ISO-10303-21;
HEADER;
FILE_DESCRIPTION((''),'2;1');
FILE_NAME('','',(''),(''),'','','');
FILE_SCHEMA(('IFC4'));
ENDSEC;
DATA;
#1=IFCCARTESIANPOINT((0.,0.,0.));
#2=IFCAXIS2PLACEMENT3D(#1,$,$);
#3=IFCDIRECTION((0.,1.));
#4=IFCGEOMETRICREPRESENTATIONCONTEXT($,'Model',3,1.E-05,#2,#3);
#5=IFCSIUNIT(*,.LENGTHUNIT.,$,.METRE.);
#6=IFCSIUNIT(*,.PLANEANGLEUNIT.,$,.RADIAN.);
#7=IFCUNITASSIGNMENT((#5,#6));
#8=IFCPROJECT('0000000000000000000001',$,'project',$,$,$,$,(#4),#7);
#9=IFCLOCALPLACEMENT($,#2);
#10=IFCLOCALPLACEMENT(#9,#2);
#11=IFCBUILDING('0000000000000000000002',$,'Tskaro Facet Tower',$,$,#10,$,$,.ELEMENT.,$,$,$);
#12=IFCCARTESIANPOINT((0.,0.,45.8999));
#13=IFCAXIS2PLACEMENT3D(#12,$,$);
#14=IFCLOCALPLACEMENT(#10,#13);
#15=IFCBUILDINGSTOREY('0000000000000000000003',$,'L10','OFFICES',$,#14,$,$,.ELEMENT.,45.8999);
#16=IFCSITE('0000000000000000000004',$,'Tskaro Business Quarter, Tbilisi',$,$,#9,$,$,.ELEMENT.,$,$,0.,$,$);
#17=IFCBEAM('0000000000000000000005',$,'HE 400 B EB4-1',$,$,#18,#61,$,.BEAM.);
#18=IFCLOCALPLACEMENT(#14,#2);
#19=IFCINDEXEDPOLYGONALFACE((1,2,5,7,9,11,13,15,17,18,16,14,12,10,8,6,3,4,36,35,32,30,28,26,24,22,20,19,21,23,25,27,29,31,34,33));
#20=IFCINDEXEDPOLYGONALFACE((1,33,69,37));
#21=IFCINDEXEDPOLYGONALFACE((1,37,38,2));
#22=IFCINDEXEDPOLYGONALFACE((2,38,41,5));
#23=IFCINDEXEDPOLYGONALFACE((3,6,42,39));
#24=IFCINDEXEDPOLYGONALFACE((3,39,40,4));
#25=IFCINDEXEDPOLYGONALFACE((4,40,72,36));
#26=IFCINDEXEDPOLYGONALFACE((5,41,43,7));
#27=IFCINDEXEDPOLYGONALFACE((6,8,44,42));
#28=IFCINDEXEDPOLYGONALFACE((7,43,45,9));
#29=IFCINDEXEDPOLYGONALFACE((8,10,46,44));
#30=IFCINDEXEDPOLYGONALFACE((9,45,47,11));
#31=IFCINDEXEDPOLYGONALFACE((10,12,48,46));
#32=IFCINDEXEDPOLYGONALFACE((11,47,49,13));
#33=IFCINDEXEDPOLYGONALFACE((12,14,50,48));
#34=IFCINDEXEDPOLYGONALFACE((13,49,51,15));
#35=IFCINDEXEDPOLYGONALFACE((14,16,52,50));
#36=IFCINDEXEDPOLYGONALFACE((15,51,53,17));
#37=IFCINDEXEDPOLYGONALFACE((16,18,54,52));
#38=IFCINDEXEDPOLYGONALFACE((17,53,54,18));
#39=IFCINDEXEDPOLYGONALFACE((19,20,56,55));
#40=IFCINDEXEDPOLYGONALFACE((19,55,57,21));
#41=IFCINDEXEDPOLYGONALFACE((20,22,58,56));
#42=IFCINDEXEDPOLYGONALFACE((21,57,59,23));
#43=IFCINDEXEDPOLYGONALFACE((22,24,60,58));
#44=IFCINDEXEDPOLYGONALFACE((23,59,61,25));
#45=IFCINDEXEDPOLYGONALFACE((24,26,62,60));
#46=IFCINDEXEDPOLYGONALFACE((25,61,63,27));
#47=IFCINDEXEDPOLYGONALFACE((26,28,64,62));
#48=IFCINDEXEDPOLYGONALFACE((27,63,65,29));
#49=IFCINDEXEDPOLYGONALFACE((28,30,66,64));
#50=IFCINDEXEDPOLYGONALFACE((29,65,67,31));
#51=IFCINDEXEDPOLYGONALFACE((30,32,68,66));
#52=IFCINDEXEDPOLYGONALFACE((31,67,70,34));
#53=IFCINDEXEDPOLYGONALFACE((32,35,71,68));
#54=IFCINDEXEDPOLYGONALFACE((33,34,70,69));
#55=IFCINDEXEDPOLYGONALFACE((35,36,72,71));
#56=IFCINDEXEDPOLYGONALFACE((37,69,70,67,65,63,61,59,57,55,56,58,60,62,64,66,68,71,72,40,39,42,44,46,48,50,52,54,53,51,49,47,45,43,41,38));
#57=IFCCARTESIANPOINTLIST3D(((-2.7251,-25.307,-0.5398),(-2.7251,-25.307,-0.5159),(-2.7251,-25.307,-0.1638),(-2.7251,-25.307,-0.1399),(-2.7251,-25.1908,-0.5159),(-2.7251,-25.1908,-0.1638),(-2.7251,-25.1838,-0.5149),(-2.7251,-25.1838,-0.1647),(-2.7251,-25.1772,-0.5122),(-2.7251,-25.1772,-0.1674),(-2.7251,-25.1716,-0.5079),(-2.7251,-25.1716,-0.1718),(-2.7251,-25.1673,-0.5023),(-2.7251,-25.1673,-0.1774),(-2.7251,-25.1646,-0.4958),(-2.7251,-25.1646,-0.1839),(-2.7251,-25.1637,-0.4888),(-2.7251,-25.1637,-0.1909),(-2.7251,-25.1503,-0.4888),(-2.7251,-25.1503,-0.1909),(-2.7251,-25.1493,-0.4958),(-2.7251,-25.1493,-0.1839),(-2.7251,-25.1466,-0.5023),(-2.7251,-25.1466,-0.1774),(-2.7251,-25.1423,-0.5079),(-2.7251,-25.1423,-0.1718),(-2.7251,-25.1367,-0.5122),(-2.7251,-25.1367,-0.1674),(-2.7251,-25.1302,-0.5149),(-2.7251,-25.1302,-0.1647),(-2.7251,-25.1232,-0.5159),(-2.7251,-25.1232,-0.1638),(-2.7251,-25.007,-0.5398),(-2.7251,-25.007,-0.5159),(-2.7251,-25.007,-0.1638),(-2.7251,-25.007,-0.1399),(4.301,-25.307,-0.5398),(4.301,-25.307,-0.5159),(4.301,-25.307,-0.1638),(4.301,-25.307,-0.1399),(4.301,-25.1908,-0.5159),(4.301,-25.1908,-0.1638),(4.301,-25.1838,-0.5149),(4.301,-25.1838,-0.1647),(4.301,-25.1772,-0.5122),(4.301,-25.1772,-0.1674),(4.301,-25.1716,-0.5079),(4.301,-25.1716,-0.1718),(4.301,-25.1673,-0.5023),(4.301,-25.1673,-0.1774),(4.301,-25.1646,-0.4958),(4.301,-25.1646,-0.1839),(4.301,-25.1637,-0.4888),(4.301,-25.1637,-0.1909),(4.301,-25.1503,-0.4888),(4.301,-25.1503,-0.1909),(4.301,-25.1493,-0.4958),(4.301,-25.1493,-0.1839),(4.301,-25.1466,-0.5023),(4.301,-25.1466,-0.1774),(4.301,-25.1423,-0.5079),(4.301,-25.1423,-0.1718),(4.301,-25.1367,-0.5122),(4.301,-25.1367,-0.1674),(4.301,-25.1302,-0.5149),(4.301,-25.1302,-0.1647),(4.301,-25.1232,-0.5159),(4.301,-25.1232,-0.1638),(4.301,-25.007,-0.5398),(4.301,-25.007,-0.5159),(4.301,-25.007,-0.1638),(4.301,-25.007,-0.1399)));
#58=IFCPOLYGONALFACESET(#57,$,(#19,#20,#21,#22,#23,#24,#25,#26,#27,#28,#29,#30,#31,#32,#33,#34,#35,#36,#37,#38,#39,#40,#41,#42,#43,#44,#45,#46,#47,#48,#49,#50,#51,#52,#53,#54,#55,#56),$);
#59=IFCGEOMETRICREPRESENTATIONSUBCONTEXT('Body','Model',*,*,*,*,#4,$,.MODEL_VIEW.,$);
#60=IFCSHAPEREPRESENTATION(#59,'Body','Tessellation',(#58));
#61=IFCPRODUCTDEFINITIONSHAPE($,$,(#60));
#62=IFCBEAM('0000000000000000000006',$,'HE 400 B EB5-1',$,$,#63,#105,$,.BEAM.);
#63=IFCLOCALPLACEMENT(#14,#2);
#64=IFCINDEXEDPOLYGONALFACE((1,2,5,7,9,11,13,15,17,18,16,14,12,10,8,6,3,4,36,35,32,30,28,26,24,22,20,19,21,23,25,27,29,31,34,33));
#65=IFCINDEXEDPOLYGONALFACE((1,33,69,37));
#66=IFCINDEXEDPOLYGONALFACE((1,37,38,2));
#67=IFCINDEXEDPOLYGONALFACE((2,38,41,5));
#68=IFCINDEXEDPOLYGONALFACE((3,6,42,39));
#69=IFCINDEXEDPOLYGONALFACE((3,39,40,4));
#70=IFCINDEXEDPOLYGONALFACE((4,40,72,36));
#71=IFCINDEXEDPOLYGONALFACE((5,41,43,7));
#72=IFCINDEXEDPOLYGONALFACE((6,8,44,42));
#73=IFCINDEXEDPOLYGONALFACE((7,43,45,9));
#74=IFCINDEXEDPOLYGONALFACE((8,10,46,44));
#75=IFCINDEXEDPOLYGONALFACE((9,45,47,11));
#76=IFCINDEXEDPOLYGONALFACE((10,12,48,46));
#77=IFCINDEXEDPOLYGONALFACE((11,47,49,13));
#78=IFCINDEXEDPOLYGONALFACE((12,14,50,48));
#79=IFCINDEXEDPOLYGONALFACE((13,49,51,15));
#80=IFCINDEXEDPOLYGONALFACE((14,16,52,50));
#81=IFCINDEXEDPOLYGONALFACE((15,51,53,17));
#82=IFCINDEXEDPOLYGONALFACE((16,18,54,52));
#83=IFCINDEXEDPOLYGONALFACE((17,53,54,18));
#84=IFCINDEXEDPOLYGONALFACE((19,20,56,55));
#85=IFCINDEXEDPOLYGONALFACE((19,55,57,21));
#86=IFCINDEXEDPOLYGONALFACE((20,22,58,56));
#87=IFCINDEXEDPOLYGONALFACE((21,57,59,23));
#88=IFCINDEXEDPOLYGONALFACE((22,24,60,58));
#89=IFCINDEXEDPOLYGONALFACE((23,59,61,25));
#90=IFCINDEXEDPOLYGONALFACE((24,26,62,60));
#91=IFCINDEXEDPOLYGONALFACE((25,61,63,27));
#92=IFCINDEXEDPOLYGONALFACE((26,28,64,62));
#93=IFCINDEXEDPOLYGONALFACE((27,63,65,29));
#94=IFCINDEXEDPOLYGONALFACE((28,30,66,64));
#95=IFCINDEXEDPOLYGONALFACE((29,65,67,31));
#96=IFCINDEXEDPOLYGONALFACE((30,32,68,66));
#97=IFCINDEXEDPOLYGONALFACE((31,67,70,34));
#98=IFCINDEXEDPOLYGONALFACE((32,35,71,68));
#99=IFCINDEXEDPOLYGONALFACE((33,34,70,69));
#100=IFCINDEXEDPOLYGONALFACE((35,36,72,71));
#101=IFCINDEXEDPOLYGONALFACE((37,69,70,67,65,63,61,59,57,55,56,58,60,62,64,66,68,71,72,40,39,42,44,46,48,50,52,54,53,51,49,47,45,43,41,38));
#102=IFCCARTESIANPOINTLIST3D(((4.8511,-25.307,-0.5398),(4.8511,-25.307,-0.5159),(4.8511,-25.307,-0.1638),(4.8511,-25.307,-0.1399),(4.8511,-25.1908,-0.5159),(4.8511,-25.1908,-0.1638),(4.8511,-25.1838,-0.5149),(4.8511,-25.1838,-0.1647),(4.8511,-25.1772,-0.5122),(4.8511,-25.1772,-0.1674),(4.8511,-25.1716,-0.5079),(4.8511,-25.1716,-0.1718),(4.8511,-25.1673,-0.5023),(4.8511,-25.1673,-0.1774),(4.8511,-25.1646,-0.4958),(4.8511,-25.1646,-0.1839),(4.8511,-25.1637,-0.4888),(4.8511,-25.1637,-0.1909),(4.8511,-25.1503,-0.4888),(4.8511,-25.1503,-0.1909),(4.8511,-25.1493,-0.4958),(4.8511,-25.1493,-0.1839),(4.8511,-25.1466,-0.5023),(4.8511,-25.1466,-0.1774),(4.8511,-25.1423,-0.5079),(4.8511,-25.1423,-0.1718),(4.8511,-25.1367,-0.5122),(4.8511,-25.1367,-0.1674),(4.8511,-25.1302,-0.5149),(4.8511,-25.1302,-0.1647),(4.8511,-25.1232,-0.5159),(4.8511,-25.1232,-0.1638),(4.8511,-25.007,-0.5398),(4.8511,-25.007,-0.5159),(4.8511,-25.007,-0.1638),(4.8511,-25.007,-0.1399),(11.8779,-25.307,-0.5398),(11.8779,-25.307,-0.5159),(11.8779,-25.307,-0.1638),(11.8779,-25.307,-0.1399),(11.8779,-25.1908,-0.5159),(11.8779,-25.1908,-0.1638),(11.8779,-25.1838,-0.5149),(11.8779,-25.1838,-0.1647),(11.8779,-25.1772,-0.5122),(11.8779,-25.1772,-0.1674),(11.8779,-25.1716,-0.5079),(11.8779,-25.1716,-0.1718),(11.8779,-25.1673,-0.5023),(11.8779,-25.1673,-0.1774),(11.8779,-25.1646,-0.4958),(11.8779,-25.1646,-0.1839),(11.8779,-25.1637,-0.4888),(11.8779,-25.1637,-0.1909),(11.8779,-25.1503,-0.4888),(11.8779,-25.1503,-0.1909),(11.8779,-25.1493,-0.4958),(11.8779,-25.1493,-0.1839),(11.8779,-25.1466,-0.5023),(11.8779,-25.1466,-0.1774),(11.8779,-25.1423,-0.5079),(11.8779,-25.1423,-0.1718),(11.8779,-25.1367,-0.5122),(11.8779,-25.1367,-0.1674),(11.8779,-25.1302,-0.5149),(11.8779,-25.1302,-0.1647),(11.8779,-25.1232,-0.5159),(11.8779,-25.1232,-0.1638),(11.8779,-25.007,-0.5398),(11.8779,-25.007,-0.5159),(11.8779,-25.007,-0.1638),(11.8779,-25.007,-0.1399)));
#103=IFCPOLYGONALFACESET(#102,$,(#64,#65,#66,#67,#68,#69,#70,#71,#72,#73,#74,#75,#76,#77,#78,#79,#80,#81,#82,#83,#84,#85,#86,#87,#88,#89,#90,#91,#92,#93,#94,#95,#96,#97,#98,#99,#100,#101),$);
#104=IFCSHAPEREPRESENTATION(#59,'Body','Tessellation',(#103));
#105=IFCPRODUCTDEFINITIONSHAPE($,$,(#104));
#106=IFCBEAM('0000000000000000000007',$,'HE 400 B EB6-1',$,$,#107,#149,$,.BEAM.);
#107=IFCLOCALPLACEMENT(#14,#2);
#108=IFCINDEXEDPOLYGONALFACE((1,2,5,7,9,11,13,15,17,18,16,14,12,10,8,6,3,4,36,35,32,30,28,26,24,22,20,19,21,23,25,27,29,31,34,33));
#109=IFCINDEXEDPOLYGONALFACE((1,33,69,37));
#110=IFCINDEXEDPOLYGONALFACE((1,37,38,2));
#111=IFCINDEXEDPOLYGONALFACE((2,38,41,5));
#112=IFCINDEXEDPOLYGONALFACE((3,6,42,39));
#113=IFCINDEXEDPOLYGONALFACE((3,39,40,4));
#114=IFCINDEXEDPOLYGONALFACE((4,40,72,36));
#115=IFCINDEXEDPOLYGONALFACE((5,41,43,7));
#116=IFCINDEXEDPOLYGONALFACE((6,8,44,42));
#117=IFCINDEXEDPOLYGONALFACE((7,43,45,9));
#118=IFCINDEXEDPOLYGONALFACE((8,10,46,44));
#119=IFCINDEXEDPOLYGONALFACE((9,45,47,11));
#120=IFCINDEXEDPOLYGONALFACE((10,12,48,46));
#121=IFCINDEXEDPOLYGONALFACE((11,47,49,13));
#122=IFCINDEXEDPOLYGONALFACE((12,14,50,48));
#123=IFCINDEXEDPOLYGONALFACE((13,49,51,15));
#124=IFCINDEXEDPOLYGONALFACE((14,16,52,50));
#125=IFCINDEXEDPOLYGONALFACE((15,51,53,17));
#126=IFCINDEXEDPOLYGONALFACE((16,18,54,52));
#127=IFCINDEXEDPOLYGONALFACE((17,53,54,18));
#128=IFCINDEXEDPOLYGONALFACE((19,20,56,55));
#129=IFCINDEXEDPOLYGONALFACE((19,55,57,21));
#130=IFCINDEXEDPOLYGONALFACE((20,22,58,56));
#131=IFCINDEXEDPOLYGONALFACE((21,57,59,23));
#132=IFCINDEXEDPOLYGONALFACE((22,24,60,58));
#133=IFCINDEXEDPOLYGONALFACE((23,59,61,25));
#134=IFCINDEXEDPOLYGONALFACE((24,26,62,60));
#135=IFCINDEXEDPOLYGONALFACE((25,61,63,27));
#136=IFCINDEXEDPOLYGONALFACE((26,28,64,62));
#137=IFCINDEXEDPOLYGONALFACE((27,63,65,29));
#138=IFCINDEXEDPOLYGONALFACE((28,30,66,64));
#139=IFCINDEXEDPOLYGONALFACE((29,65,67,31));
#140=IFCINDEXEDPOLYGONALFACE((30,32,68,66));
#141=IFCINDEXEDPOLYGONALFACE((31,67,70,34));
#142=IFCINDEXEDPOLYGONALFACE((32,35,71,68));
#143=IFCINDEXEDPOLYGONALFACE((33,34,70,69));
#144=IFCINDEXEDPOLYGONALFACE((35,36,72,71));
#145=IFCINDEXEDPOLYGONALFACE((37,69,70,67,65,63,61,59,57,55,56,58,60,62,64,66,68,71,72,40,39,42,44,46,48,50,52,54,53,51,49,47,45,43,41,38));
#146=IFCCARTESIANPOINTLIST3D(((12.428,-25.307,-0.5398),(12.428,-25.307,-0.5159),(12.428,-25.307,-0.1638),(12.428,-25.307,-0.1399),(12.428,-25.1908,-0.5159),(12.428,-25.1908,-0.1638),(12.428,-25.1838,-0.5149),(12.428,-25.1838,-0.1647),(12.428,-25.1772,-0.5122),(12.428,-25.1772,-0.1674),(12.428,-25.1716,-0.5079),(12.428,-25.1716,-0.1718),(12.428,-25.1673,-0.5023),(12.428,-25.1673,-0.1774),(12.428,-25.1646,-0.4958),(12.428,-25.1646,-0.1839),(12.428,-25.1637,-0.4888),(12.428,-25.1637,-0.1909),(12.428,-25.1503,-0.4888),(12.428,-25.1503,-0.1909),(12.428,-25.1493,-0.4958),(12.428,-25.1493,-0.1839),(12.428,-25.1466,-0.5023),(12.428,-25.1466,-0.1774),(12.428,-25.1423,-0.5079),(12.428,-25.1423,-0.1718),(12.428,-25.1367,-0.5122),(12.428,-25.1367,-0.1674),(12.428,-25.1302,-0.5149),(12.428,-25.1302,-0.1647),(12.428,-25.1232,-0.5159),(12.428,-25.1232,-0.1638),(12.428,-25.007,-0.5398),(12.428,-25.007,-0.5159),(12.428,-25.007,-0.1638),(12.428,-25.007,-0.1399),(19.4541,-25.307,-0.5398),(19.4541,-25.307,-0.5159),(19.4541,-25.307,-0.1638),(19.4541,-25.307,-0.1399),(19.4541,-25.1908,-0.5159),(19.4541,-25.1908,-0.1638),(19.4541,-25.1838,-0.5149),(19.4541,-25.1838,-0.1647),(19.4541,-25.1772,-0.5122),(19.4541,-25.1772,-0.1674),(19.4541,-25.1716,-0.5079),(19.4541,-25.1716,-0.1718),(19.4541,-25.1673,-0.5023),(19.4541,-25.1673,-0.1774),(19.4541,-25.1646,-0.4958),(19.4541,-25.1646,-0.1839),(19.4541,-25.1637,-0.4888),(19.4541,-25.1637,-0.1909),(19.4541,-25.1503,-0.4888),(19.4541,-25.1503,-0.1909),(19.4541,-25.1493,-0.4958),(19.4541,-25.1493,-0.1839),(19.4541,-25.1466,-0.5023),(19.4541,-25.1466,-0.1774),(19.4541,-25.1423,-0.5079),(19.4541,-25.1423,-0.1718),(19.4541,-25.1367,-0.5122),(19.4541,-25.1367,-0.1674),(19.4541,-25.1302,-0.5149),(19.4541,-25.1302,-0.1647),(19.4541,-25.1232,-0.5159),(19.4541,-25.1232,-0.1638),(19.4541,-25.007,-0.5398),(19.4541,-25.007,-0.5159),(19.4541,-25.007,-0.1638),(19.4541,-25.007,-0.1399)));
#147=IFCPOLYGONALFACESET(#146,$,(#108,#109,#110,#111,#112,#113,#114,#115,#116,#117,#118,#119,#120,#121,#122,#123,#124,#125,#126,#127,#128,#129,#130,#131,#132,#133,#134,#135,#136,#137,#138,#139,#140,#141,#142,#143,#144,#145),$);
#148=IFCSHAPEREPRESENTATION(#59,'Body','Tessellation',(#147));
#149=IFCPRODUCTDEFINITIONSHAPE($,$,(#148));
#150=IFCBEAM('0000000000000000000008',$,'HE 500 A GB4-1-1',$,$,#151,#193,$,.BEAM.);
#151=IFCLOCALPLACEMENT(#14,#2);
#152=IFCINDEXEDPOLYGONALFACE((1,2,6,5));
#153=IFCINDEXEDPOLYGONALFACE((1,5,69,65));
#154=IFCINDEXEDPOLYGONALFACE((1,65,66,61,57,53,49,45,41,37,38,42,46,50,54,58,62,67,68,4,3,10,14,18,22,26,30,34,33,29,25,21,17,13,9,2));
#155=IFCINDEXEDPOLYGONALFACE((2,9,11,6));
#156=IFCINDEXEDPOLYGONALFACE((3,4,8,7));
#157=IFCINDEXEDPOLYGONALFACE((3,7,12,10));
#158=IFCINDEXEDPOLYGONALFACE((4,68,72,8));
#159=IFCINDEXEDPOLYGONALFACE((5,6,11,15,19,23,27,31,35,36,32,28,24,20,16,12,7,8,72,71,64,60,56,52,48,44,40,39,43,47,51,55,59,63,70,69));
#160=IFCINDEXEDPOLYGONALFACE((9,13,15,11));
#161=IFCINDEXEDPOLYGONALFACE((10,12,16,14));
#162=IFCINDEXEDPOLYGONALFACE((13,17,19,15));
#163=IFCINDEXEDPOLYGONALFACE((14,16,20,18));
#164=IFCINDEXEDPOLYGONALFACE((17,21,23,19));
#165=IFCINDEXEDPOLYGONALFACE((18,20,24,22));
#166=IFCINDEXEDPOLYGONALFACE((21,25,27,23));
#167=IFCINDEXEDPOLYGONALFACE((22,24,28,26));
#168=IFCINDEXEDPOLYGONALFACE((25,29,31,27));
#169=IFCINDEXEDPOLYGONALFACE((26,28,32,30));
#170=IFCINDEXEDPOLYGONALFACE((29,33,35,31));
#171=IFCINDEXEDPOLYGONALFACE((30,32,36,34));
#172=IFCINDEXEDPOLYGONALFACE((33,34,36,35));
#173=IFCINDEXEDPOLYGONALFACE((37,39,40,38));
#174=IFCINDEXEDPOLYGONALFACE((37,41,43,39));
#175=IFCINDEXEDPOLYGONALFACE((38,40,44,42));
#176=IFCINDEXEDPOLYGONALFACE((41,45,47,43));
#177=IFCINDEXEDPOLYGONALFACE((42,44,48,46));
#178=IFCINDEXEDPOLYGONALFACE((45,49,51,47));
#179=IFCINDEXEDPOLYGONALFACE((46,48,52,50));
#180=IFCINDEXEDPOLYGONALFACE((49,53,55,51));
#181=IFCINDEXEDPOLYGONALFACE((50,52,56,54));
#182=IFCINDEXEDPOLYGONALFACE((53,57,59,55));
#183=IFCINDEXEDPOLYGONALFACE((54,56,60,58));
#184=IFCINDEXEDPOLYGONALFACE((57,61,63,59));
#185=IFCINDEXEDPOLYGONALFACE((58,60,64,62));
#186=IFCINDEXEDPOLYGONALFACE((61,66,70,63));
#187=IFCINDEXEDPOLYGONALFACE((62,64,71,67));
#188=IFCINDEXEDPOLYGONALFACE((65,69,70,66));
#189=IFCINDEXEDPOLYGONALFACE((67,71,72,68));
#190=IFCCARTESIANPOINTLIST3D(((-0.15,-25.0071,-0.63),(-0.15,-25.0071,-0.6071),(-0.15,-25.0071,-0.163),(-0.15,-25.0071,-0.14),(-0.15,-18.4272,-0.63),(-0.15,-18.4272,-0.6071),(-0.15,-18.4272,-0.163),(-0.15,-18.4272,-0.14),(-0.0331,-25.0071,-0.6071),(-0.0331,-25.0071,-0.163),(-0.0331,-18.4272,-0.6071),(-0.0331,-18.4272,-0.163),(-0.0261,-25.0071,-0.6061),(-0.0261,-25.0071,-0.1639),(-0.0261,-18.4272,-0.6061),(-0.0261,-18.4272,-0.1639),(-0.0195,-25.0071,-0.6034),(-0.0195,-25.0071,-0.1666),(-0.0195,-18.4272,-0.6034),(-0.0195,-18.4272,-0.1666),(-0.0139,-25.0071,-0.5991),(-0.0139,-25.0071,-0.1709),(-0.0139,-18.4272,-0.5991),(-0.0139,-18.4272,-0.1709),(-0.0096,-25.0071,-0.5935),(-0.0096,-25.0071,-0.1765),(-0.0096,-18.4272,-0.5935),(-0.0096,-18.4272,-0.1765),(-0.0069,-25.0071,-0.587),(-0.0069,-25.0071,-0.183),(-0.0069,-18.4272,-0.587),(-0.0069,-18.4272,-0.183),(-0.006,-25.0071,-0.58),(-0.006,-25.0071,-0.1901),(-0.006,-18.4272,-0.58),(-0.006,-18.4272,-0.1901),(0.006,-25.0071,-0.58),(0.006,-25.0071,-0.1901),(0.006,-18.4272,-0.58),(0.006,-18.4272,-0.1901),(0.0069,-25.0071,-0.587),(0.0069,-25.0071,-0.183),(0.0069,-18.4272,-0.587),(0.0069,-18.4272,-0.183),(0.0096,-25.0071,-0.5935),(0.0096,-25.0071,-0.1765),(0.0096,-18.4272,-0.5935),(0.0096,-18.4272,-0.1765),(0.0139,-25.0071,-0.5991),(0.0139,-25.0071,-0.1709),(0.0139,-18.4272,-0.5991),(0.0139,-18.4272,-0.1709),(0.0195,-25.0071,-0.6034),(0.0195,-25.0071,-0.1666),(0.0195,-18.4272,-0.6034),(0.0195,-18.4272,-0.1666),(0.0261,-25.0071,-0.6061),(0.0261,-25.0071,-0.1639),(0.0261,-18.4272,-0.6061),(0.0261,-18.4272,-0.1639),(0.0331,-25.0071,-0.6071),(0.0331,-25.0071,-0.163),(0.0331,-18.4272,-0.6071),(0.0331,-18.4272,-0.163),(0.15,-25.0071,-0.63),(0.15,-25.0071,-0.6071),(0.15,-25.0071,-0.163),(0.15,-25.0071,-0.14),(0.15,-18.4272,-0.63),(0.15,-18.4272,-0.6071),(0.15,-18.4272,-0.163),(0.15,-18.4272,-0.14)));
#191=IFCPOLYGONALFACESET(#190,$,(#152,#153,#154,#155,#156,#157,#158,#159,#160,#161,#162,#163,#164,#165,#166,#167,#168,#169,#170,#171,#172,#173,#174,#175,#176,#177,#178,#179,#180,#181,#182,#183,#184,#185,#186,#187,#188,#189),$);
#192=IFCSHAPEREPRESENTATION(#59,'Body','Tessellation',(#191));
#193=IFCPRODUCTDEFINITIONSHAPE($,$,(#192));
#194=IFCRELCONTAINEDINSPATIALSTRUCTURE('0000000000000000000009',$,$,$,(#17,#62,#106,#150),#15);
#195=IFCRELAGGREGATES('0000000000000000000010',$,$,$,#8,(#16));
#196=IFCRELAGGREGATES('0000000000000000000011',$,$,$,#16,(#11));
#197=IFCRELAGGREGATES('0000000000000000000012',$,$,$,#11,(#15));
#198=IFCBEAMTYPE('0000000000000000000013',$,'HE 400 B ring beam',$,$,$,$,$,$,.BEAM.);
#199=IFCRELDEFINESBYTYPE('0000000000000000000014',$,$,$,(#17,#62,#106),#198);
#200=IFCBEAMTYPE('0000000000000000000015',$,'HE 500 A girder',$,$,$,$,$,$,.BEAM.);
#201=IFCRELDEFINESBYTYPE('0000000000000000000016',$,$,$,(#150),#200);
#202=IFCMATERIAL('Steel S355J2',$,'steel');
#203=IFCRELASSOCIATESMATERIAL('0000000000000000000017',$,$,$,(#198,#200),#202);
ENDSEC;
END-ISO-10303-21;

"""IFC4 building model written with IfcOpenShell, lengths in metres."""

from ifc_helpers import new_model, si_unit, direction, frame, origin, origin_2d, place, context, subcontext, project, spatial, i_section, extrude, material, material_profile, profile_set, type_object, element, save


model = new_model("IFC4")

# Units and contexts
model_context = context("Model", 3, precision=1e-05, world=origin(), true_north=direction((0.0, 1.0)))
body_context = subcontext(model_context, "Body", "Model", "MODEL_VIEW")
ifc_project = project(units=[si_unit("LENGTHUNIT", "METRE"), si_unit("PLANEANGLEUNIT", "RADIAN")], contexts=[model_context])

# Site, building, storey
site_placement = place(None, origin())
site = spatial("IfcSite", under=ifc_project, at=site_placement, Name="Tskaro Business Quarter, Tbilisi", CompositionType="ELEMENT", RefElevation=0.0)
building_placement = place(site_placement, origin())
building = spatial("IfcBuilding", under=site, at=building_placement, Name="Tskaro Facet Tower", CompositionType="ELEMENT")
storey_placement = place(building_placement, frame((0.0, 0.0, 45.8999)))
storey = spatial("IfcBuildingStorey", under=building, at=storey_placement, Name="L10", Description="OFFICES", CompositionType="ELEMENT", Elevation=45.8999)

# Beams
ifc_material_1 = material(Name="Steel S355J2", Category="steel")
ifc_material_profile_1 = material_profile(ifc_material_1, i_section(OverallWidth=0.3, OverallDepth=0.3999, WebThickness=0.0134, FlangeThickness=0.0239, FilletRadius=0.0271, at=origin_2d()), Name="HE 400 B")
ifc_profile_set_1 = profile_set([ifc_material_profile_1], Name="Steel S355J2")
beam_type_1 = type_object("IfcBeamType", Name="HE 400 B ring beam", PredefinedType="BEAM", material=ifc_profile_set_1)
beam_1_placement = place(storey_placement, frame((-2.7251, -25.157, -0.3398), z_axis=(1.0, 0.0, 0.0), x_axis=(0.0, 1.0, 0.0)))
element("IfcBeam", 1, at=beam_1_placement, inside=storey, type_object=beam_type_1, Name="HE 400 B EB4-1", PredefinedType="BEAM", context=body_context, shape_type="SweptSolid", body=[
    extrude(i_section(OverallWidth=0.3, OverallDepth=0.3999, WebThickness=0.0134, FlangeThickness=0.0239, FilletRadius=0.0271, at=origin_2d()), origin(), (0.0, 0.0, 1.0), 7.0261),
])
beam_2_placement = place(storey_placement, frame((4.8511, -25.157, -0.3398), z_axis=(1.0, 0.0, 0.0), x_axis=(0.0, 1.0, 0.0)))
element("IfcBeam", 2, at=beam_2_placement, inside=storey, type_object=beam_type_1, Name="HE 400 B EB5-1", PredefinedType="BEAM", context=body_context, shape_type="SweptSolid", body=[
    extrude(i_section(OverallWidth=0.3, OverallDepth=0.3999, WebThickness=0.0134, FlangeThickness=0.0239, FilletRadius=0.0271, at=origin_2d()), origin(), (0.0, 0.0, 1.0), 7.0269),
])
beam_3_placement = place(storey_placement, frame((12.428, -25.157, -0.3398), z_axis=(1.0, 0.0, 0.0), x_axis=(0.0, 1.0, 0.0)))
element("IfcBeam", 3, at=beam_3_placement, inside=storey, type_object=beam_type_1, Name="HE 400 B EB6-1", PredefinedType="BEAM", context=body_context, shape_type="SweptSolid", body=[
    extrude(i_section(OverallWidth=0.3, OverallDepth=0.3999, WebThickness=0.0134, FlangeThickness=0.0239, FilletRadius=0.0271, at=origin_2d()), origin(), (0.0, 0.0, 1.0), 7.0261),
])
ifc_material_profile_2 = material_profile(ifc_material_1, i_section(OverallWidth=0.3, OverallDepth=0.49, WebThickness=0.012, FlangeThickness=0.0229, FilletRadius=0.0271, at=origin_2d()), Name="HE 500 A")
ifc_profile_set_2 = profile_set([ifc_material_profile_2], Name="Steel S355J2")
beam_type_2 = type_object("IfcBeamType", Name="HE 500 A girder", PredefinedType="BEAM", material=ifc_profile_set_2)
beam_4_placement = place(storey_placement, frame((0.0, -25.0071, -0.385), z_axis=(0.0, 1.0, 0.0), x_axis=(-1.0, 0.0, 0.0)))
element("IfcBeam", 4, at=beam_4_placement, inside=storey, type_object=beam_type_2, Name="HE 500 A GB4-1-1", PredefinedType="BEAM", context=body_context, shape_type="SweptSolid", body=[
    extrude(i_section(OverallWidth=0.3, OverallDepth=0.49, WebThickness=0.012, FlangeThickness=0.0229, FilletRadius=0.0271, at=origin_2d()), origin(), (0.0, 0.0, 1.0), 6.5798),
])

save(model, "model.ifc")
